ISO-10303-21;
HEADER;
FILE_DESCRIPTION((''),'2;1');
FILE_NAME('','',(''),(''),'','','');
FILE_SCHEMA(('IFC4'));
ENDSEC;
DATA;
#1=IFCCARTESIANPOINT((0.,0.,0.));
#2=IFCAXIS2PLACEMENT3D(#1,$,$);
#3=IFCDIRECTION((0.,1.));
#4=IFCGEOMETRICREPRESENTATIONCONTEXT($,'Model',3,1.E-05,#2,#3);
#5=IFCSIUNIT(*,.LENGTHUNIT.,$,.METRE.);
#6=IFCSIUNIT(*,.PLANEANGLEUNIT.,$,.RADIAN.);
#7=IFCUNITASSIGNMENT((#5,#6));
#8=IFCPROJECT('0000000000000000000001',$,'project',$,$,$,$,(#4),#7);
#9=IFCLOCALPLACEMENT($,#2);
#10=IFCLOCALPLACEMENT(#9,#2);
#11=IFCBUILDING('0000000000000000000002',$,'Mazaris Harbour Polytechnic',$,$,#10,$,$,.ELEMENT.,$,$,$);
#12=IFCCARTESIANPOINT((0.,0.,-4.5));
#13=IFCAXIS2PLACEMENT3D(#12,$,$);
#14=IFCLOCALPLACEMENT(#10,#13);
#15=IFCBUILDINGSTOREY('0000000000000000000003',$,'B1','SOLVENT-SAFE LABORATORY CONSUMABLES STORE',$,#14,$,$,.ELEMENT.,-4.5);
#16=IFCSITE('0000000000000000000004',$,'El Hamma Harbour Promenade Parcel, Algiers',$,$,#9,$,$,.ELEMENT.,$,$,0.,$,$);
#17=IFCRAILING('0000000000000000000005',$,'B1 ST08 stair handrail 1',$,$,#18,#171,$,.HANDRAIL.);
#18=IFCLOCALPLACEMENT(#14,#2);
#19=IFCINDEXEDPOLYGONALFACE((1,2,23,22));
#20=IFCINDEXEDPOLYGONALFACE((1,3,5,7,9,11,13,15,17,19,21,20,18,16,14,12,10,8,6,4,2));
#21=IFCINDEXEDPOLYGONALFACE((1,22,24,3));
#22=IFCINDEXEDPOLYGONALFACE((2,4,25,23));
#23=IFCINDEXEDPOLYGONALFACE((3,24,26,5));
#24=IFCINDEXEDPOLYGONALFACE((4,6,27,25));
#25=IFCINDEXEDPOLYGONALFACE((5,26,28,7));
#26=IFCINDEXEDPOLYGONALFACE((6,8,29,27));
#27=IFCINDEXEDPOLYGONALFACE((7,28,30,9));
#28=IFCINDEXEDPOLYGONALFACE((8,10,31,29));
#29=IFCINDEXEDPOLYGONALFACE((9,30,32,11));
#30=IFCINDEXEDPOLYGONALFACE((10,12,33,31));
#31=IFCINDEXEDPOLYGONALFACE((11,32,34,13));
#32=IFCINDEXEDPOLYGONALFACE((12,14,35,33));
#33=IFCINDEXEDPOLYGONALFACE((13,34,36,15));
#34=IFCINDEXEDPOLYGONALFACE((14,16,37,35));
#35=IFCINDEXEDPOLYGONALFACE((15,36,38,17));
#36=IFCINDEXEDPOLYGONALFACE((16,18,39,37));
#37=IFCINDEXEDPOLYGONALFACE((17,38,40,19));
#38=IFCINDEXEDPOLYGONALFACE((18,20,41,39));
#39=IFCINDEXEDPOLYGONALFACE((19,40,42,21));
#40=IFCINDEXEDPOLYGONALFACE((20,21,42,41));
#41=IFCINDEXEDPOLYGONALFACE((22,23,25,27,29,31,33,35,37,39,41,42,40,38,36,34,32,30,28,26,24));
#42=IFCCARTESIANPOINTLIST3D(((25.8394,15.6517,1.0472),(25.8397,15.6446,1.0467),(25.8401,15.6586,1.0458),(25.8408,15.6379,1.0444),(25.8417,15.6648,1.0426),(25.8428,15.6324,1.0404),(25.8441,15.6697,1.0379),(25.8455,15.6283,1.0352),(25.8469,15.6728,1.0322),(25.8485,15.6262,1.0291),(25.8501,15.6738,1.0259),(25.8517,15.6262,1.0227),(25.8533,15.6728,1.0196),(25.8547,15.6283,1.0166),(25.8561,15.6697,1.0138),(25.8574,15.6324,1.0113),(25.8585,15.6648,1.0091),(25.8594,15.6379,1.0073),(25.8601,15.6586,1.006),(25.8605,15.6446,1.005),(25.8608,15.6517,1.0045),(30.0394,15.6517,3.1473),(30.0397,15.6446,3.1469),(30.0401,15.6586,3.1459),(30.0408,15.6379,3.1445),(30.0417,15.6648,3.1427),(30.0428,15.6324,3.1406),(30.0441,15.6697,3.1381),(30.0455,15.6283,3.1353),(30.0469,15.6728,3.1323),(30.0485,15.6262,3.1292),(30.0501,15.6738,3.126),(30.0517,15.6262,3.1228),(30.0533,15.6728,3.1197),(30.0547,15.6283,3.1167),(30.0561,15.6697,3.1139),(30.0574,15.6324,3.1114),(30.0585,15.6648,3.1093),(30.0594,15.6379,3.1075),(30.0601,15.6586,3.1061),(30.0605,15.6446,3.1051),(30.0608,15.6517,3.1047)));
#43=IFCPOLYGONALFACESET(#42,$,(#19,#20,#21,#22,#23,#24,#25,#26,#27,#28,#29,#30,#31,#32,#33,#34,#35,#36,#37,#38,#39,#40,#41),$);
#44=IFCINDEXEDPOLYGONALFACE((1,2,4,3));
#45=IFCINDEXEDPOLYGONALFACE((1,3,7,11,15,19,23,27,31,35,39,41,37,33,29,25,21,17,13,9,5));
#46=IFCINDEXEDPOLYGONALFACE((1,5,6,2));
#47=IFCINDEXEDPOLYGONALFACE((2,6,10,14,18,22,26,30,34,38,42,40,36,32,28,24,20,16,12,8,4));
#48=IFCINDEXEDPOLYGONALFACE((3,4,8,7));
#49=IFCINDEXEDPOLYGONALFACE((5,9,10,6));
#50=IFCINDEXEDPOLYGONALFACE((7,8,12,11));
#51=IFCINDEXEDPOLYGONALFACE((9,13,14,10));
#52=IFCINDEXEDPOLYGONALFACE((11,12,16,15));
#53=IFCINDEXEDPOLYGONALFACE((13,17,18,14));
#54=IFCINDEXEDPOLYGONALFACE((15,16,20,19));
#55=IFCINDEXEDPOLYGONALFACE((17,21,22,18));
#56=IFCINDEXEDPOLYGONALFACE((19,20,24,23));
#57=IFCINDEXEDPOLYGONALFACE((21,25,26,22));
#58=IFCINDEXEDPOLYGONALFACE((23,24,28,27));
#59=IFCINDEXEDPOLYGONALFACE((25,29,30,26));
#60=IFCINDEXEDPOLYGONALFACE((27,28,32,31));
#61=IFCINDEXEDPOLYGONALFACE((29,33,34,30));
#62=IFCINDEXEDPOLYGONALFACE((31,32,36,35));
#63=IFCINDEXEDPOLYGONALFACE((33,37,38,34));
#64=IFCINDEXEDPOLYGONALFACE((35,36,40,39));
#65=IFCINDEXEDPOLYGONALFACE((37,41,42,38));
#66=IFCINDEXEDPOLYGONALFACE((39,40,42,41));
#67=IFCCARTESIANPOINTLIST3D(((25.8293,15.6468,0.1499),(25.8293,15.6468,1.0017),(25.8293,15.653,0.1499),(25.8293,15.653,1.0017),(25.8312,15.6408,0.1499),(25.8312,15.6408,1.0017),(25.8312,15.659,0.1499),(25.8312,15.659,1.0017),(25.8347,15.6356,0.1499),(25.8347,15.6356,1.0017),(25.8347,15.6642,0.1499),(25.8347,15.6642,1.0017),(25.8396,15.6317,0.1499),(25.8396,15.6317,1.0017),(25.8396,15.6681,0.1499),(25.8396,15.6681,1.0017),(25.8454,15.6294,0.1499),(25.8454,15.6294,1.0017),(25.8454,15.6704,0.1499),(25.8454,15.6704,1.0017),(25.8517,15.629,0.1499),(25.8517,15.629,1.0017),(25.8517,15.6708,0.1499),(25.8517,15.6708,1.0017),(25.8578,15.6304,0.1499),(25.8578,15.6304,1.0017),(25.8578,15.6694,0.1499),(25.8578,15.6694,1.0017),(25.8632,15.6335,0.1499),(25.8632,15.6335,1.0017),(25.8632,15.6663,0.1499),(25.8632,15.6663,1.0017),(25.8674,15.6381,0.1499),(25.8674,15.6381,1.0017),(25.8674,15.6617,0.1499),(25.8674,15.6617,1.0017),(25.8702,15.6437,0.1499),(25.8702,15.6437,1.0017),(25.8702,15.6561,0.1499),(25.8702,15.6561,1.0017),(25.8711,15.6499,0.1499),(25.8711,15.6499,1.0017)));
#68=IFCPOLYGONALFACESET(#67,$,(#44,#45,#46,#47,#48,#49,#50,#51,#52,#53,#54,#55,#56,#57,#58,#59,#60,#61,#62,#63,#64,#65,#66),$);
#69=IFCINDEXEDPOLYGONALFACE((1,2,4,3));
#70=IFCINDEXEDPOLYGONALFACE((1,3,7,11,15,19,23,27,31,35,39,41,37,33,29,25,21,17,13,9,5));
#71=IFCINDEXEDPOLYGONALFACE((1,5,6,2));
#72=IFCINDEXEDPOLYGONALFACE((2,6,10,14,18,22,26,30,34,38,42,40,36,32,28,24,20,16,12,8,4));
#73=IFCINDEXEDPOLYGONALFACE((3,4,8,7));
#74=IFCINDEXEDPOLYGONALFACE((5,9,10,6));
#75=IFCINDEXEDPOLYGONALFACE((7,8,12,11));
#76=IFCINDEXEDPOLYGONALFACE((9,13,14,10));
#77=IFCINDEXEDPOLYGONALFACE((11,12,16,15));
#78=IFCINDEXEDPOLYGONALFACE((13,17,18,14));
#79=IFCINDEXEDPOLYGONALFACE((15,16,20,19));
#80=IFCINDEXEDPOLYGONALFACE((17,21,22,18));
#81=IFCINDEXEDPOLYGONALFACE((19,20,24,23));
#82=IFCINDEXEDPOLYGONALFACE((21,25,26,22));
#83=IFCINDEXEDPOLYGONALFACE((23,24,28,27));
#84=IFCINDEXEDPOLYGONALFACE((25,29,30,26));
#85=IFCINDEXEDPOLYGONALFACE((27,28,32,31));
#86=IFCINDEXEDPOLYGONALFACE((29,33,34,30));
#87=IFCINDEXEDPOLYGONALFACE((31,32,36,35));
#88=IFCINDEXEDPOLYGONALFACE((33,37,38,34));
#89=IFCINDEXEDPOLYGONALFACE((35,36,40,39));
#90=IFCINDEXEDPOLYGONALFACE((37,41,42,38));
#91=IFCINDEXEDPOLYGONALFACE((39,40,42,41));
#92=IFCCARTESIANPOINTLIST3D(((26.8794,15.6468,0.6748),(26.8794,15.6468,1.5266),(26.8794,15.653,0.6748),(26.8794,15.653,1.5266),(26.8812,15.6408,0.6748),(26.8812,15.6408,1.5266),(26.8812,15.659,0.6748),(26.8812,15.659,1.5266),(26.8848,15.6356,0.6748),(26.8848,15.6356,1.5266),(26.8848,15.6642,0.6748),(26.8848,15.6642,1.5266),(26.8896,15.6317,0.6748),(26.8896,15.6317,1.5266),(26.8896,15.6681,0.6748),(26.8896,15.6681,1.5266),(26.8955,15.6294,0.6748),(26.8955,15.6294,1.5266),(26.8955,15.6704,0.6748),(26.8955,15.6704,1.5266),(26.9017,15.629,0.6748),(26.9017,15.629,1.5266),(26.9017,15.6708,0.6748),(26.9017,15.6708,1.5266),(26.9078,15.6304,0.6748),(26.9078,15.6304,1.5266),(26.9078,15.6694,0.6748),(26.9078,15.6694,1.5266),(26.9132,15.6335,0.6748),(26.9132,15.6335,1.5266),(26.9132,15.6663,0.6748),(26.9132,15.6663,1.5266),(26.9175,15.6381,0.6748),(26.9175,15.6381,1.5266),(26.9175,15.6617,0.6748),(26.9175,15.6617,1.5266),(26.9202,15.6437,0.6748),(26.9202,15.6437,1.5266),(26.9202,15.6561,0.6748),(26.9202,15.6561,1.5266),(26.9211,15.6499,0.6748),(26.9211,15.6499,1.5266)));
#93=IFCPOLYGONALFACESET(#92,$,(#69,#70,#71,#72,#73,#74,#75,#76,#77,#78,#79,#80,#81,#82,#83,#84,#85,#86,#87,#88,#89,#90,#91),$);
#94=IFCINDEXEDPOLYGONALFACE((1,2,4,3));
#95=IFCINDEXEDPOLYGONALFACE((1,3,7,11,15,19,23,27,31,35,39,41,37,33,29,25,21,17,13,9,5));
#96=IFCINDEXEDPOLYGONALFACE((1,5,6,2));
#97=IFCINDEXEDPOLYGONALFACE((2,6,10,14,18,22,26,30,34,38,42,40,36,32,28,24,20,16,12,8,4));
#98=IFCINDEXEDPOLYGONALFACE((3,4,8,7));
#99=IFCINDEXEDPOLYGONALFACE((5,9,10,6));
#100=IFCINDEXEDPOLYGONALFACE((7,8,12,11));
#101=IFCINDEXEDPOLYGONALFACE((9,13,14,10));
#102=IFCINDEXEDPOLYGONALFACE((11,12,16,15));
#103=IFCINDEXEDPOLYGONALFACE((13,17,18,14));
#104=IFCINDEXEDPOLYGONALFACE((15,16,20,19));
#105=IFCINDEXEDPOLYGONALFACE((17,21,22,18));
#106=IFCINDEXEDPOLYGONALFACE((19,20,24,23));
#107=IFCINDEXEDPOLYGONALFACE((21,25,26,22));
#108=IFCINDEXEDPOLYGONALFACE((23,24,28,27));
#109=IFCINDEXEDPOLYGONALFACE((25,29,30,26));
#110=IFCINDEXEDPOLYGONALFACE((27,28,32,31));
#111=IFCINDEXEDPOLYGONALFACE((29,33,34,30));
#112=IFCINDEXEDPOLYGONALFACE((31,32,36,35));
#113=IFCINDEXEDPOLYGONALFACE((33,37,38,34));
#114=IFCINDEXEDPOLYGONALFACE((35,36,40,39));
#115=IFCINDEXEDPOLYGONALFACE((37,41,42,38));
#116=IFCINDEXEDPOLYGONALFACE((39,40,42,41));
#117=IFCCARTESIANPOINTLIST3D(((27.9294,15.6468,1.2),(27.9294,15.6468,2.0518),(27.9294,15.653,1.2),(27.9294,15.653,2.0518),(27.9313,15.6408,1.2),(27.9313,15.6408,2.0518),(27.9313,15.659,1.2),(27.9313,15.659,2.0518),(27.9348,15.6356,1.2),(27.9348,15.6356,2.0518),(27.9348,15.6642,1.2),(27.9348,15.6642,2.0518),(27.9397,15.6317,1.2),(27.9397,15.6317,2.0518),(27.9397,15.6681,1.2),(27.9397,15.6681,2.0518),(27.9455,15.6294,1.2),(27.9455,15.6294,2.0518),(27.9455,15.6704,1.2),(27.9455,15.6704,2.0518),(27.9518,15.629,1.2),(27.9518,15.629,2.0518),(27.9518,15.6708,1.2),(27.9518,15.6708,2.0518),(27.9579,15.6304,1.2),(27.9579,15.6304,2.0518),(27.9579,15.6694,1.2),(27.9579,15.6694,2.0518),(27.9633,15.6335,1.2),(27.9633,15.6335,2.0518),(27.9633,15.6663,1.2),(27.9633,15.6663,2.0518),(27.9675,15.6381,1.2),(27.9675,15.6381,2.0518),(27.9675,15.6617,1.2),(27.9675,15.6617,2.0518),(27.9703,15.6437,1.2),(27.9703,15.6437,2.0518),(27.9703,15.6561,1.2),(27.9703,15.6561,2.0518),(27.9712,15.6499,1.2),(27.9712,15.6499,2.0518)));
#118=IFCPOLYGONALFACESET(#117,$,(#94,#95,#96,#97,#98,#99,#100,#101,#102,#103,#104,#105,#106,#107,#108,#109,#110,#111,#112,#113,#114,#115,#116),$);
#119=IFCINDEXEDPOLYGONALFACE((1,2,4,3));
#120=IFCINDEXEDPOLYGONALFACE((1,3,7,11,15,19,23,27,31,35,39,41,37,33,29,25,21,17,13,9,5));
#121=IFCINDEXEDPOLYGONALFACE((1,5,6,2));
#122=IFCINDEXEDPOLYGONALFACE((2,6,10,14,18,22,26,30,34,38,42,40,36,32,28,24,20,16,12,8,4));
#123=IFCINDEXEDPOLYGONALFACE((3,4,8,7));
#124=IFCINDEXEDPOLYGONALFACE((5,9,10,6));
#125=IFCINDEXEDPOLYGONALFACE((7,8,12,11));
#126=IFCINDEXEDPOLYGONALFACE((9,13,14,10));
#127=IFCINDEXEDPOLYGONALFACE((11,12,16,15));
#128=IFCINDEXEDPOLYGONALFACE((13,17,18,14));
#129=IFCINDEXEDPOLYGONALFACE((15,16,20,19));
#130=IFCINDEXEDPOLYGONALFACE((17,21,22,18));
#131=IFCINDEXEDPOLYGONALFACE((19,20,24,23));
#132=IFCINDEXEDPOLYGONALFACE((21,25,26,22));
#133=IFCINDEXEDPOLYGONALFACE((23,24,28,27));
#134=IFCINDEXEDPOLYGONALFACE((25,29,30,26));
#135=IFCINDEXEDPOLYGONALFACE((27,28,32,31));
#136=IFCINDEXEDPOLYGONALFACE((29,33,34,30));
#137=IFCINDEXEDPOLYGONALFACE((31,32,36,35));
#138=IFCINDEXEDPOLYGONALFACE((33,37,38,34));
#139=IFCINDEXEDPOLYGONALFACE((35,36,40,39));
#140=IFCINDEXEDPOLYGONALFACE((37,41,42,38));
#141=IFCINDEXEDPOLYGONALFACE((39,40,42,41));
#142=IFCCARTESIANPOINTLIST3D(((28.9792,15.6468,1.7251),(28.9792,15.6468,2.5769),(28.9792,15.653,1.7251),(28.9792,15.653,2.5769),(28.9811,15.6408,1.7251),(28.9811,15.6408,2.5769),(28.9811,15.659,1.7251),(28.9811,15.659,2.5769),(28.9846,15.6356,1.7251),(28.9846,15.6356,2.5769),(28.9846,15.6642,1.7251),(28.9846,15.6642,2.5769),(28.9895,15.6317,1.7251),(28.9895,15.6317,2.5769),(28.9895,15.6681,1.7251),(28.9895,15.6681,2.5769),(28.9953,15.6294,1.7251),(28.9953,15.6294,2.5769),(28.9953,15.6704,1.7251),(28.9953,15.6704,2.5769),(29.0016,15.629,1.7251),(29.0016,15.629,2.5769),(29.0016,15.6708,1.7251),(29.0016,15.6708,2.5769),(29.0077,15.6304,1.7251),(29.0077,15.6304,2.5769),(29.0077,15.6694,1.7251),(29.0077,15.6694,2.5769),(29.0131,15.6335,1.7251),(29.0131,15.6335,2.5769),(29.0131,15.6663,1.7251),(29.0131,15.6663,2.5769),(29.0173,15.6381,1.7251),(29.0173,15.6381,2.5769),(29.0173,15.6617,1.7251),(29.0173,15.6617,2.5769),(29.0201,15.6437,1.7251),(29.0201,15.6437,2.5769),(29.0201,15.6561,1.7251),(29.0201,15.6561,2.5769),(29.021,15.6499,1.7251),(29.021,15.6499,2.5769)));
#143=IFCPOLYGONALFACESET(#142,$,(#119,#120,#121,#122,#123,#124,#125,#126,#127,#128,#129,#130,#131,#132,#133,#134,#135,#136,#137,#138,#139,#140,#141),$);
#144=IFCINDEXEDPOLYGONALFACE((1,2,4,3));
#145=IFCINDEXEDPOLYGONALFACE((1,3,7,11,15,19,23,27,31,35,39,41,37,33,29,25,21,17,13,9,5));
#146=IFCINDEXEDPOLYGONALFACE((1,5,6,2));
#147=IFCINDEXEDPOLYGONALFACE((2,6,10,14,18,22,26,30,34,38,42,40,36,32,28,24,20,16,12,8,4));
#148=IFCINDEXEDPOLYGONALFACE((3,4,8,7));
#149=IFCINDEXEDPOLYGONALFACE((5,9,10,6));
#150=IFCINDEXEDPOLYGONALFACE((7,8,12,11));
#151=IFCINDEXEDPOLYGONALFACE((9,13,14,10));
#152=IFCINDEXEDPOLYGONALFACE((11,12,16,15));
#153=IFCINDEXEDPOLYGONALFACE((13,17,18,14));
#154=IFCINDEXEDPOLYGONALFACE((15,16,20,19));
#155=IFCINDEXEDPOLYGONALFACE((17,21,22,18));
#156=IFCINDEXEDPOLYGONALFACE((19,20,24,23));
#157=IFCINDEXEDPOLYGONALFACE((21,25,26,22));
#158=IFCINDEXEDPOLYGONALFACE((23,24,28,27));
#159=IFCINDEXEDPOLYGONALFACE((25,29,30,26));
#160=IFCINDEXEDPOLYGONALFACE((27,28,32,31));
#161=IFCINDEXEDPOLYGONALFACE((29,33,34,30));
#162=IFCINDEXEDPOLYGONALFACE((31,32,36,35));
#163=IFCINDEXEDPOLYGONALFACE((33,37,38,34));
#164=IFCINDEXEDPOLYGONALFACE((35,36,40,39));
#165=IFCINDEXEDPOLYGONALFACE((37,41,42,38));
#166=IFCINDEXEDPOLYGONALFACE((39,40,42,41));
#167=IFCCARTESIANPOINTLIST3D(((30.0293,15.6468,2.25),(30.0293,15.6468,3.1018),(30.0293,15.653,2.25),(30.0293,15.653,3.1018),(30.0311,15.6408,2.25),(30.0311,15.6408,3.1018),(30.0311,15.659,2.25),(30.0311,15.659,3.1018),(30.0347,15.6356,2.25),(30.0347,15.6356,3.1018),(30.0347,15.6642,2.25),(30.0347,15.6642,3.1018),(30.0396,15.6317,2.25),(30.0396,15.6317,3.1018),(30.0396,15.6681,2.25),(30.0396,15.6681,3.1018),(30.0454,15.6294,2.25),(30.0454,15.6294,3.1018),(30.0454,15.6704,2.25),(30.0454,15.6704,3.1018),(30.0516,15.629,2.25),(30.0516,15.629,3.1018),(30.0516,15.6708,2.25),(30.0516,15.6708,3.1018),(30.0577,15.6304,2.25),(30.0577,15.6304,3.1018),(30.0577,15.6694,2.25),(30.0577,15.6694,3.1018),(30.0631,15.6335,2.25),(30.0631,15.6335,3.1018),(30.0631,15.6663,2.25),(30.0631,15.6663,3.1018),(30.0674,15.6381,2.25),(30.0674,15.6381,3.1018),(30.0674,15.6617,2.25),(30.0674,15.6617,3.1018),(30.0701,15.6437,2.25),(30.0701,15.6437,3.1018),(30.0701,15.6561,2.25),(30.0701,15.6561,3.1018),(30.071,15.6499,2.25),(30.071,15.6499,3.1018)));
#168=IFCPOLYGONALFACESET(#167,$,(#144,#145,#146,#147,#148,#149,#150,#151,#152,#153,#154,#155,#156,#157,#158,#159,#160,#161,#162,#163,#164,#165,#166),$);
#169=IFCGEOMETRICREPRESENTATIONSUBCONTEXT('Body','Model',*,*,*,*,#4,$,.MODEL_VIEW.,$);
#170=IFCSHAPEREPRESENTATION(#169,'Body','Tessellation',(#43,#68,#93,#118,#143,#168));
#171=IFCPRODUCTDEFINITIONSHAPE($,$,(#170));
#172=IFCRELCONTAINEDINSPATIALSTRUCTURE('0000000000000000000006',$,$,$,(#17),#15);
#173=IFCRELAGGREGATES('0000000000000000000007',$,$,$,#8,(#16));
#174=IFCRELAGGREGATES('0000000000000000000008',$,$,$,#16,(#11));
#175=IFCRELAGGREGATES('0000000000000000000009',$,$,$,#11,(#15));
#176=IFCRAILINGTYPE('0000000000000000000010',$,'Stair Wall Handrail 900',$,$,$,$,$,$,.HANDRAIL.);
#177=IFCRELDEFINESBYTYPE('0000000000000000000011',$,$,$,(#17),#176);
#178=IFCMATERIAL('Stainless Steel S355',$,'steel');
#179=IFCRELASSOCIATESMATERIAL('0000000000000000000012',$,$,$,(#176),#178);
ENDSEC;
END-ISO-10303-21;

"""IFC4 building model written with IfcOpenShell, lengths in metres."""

from ifc_helpers import new_model, si_unit, direction, frame, origin, origin_2d, place, context, subcontext, project, spatial, circle, extrude, material, type_object, element, save


model = new_model("IFC4")

# Units and contexts
model_context = context("Model", 3, precision=1e-05, world=origin(), true_north=direction((0.0, 1.0)))
body_context = subcontext(model_context, "Body", "Model", "MODEL_VIEW")
ifc_project = project(units=[si_unit("LENGTHUNIT", "METRE"), si_unit("PLANEANGLEUNIT", "RADIAN")], contexts=[model_context])

# Site, building, storey
site_placement = place(None, origin())
site = spatial("IfcSite", under=ifc_project, at=site_placement, Name="El Hamma Harbour Promenade Parcel, Algiers", CompositionType="ELEMENT", RefElevation=0.0)
building_placement = place(site_placement, origin())
building = spatial("IfcBuilding", under=site, at=building_placement, Name="Mazaris Harbour Polytechnic", CompositionType="ELEMENT")
storey_placement = place(building_placement, frame((0.0, 0.0, -4.5)))
storey = spatial("IfcBuildingStorey", under=building, at=storey_placement, Name="B1", Description="SOLVENT-SAFE LABORATORY CONSUMABLES STORE", CompositionType="ELEMENT", Elevation=-4.5)

# Railing
ifc_material_1 = material(Name="Stainless Steel S355", Category="steel")
railing_type_1 = type_object("IfcRailingType", Name="Stair Wall Handrail 900", PredefinedType="HANDRAIL", material=ifc_material_1)
railing_1_placement = place(storey_placement, frame((25.8501, 15.6499, 0.1499)))
element("IfcRailing", 1, at=railing_1_placement, inside=storey, type_object=railing_type_1, Name="B1 ST08 stair handrail 1", PredefinedType="HANDRAIL", context=body_context, shape_type="SweptSolid", body=[
    extrude(circle(Radius=0.0239, at=origin_2d()), frame((0.0, 0.0, 0.876), z_axis=(0.894417, 0.0, 0.447234), x_axis=(0.0, 1.0, 0.0)), (0.0, 0.0, 1.0), 4.6958),
    extrude(circle(Radius=0.021, at=origin_2d()), origin(), (0.0, 0.0, 1.0), 0.8518),
    extrude(circle(Radius=0.021, at=origin_2d()), frame((1.05, 0.0, 0.5249)), (0.0, 0.0, 1.0), 0.8518),
    extrude(circle(Radius=0.021, at=origin_2d()), frame((2.1001, 0.0, 1.05)), (0.0, 0.0, 1.0), 0.8518),
    extrude(circle(Radius=0.021, at=origin_2d()), frame((3.1499, 0.0, 1.5752)), (0.0, 0.0, 1.0), 0.8518),
    extrude(circle(Radius=0.021, at=origin_2d()), frame((4.2, 0.0, 2.1001)), (0.0, 0.0, 1.0), 0.8518),
])

save(model, "model.ifc")
